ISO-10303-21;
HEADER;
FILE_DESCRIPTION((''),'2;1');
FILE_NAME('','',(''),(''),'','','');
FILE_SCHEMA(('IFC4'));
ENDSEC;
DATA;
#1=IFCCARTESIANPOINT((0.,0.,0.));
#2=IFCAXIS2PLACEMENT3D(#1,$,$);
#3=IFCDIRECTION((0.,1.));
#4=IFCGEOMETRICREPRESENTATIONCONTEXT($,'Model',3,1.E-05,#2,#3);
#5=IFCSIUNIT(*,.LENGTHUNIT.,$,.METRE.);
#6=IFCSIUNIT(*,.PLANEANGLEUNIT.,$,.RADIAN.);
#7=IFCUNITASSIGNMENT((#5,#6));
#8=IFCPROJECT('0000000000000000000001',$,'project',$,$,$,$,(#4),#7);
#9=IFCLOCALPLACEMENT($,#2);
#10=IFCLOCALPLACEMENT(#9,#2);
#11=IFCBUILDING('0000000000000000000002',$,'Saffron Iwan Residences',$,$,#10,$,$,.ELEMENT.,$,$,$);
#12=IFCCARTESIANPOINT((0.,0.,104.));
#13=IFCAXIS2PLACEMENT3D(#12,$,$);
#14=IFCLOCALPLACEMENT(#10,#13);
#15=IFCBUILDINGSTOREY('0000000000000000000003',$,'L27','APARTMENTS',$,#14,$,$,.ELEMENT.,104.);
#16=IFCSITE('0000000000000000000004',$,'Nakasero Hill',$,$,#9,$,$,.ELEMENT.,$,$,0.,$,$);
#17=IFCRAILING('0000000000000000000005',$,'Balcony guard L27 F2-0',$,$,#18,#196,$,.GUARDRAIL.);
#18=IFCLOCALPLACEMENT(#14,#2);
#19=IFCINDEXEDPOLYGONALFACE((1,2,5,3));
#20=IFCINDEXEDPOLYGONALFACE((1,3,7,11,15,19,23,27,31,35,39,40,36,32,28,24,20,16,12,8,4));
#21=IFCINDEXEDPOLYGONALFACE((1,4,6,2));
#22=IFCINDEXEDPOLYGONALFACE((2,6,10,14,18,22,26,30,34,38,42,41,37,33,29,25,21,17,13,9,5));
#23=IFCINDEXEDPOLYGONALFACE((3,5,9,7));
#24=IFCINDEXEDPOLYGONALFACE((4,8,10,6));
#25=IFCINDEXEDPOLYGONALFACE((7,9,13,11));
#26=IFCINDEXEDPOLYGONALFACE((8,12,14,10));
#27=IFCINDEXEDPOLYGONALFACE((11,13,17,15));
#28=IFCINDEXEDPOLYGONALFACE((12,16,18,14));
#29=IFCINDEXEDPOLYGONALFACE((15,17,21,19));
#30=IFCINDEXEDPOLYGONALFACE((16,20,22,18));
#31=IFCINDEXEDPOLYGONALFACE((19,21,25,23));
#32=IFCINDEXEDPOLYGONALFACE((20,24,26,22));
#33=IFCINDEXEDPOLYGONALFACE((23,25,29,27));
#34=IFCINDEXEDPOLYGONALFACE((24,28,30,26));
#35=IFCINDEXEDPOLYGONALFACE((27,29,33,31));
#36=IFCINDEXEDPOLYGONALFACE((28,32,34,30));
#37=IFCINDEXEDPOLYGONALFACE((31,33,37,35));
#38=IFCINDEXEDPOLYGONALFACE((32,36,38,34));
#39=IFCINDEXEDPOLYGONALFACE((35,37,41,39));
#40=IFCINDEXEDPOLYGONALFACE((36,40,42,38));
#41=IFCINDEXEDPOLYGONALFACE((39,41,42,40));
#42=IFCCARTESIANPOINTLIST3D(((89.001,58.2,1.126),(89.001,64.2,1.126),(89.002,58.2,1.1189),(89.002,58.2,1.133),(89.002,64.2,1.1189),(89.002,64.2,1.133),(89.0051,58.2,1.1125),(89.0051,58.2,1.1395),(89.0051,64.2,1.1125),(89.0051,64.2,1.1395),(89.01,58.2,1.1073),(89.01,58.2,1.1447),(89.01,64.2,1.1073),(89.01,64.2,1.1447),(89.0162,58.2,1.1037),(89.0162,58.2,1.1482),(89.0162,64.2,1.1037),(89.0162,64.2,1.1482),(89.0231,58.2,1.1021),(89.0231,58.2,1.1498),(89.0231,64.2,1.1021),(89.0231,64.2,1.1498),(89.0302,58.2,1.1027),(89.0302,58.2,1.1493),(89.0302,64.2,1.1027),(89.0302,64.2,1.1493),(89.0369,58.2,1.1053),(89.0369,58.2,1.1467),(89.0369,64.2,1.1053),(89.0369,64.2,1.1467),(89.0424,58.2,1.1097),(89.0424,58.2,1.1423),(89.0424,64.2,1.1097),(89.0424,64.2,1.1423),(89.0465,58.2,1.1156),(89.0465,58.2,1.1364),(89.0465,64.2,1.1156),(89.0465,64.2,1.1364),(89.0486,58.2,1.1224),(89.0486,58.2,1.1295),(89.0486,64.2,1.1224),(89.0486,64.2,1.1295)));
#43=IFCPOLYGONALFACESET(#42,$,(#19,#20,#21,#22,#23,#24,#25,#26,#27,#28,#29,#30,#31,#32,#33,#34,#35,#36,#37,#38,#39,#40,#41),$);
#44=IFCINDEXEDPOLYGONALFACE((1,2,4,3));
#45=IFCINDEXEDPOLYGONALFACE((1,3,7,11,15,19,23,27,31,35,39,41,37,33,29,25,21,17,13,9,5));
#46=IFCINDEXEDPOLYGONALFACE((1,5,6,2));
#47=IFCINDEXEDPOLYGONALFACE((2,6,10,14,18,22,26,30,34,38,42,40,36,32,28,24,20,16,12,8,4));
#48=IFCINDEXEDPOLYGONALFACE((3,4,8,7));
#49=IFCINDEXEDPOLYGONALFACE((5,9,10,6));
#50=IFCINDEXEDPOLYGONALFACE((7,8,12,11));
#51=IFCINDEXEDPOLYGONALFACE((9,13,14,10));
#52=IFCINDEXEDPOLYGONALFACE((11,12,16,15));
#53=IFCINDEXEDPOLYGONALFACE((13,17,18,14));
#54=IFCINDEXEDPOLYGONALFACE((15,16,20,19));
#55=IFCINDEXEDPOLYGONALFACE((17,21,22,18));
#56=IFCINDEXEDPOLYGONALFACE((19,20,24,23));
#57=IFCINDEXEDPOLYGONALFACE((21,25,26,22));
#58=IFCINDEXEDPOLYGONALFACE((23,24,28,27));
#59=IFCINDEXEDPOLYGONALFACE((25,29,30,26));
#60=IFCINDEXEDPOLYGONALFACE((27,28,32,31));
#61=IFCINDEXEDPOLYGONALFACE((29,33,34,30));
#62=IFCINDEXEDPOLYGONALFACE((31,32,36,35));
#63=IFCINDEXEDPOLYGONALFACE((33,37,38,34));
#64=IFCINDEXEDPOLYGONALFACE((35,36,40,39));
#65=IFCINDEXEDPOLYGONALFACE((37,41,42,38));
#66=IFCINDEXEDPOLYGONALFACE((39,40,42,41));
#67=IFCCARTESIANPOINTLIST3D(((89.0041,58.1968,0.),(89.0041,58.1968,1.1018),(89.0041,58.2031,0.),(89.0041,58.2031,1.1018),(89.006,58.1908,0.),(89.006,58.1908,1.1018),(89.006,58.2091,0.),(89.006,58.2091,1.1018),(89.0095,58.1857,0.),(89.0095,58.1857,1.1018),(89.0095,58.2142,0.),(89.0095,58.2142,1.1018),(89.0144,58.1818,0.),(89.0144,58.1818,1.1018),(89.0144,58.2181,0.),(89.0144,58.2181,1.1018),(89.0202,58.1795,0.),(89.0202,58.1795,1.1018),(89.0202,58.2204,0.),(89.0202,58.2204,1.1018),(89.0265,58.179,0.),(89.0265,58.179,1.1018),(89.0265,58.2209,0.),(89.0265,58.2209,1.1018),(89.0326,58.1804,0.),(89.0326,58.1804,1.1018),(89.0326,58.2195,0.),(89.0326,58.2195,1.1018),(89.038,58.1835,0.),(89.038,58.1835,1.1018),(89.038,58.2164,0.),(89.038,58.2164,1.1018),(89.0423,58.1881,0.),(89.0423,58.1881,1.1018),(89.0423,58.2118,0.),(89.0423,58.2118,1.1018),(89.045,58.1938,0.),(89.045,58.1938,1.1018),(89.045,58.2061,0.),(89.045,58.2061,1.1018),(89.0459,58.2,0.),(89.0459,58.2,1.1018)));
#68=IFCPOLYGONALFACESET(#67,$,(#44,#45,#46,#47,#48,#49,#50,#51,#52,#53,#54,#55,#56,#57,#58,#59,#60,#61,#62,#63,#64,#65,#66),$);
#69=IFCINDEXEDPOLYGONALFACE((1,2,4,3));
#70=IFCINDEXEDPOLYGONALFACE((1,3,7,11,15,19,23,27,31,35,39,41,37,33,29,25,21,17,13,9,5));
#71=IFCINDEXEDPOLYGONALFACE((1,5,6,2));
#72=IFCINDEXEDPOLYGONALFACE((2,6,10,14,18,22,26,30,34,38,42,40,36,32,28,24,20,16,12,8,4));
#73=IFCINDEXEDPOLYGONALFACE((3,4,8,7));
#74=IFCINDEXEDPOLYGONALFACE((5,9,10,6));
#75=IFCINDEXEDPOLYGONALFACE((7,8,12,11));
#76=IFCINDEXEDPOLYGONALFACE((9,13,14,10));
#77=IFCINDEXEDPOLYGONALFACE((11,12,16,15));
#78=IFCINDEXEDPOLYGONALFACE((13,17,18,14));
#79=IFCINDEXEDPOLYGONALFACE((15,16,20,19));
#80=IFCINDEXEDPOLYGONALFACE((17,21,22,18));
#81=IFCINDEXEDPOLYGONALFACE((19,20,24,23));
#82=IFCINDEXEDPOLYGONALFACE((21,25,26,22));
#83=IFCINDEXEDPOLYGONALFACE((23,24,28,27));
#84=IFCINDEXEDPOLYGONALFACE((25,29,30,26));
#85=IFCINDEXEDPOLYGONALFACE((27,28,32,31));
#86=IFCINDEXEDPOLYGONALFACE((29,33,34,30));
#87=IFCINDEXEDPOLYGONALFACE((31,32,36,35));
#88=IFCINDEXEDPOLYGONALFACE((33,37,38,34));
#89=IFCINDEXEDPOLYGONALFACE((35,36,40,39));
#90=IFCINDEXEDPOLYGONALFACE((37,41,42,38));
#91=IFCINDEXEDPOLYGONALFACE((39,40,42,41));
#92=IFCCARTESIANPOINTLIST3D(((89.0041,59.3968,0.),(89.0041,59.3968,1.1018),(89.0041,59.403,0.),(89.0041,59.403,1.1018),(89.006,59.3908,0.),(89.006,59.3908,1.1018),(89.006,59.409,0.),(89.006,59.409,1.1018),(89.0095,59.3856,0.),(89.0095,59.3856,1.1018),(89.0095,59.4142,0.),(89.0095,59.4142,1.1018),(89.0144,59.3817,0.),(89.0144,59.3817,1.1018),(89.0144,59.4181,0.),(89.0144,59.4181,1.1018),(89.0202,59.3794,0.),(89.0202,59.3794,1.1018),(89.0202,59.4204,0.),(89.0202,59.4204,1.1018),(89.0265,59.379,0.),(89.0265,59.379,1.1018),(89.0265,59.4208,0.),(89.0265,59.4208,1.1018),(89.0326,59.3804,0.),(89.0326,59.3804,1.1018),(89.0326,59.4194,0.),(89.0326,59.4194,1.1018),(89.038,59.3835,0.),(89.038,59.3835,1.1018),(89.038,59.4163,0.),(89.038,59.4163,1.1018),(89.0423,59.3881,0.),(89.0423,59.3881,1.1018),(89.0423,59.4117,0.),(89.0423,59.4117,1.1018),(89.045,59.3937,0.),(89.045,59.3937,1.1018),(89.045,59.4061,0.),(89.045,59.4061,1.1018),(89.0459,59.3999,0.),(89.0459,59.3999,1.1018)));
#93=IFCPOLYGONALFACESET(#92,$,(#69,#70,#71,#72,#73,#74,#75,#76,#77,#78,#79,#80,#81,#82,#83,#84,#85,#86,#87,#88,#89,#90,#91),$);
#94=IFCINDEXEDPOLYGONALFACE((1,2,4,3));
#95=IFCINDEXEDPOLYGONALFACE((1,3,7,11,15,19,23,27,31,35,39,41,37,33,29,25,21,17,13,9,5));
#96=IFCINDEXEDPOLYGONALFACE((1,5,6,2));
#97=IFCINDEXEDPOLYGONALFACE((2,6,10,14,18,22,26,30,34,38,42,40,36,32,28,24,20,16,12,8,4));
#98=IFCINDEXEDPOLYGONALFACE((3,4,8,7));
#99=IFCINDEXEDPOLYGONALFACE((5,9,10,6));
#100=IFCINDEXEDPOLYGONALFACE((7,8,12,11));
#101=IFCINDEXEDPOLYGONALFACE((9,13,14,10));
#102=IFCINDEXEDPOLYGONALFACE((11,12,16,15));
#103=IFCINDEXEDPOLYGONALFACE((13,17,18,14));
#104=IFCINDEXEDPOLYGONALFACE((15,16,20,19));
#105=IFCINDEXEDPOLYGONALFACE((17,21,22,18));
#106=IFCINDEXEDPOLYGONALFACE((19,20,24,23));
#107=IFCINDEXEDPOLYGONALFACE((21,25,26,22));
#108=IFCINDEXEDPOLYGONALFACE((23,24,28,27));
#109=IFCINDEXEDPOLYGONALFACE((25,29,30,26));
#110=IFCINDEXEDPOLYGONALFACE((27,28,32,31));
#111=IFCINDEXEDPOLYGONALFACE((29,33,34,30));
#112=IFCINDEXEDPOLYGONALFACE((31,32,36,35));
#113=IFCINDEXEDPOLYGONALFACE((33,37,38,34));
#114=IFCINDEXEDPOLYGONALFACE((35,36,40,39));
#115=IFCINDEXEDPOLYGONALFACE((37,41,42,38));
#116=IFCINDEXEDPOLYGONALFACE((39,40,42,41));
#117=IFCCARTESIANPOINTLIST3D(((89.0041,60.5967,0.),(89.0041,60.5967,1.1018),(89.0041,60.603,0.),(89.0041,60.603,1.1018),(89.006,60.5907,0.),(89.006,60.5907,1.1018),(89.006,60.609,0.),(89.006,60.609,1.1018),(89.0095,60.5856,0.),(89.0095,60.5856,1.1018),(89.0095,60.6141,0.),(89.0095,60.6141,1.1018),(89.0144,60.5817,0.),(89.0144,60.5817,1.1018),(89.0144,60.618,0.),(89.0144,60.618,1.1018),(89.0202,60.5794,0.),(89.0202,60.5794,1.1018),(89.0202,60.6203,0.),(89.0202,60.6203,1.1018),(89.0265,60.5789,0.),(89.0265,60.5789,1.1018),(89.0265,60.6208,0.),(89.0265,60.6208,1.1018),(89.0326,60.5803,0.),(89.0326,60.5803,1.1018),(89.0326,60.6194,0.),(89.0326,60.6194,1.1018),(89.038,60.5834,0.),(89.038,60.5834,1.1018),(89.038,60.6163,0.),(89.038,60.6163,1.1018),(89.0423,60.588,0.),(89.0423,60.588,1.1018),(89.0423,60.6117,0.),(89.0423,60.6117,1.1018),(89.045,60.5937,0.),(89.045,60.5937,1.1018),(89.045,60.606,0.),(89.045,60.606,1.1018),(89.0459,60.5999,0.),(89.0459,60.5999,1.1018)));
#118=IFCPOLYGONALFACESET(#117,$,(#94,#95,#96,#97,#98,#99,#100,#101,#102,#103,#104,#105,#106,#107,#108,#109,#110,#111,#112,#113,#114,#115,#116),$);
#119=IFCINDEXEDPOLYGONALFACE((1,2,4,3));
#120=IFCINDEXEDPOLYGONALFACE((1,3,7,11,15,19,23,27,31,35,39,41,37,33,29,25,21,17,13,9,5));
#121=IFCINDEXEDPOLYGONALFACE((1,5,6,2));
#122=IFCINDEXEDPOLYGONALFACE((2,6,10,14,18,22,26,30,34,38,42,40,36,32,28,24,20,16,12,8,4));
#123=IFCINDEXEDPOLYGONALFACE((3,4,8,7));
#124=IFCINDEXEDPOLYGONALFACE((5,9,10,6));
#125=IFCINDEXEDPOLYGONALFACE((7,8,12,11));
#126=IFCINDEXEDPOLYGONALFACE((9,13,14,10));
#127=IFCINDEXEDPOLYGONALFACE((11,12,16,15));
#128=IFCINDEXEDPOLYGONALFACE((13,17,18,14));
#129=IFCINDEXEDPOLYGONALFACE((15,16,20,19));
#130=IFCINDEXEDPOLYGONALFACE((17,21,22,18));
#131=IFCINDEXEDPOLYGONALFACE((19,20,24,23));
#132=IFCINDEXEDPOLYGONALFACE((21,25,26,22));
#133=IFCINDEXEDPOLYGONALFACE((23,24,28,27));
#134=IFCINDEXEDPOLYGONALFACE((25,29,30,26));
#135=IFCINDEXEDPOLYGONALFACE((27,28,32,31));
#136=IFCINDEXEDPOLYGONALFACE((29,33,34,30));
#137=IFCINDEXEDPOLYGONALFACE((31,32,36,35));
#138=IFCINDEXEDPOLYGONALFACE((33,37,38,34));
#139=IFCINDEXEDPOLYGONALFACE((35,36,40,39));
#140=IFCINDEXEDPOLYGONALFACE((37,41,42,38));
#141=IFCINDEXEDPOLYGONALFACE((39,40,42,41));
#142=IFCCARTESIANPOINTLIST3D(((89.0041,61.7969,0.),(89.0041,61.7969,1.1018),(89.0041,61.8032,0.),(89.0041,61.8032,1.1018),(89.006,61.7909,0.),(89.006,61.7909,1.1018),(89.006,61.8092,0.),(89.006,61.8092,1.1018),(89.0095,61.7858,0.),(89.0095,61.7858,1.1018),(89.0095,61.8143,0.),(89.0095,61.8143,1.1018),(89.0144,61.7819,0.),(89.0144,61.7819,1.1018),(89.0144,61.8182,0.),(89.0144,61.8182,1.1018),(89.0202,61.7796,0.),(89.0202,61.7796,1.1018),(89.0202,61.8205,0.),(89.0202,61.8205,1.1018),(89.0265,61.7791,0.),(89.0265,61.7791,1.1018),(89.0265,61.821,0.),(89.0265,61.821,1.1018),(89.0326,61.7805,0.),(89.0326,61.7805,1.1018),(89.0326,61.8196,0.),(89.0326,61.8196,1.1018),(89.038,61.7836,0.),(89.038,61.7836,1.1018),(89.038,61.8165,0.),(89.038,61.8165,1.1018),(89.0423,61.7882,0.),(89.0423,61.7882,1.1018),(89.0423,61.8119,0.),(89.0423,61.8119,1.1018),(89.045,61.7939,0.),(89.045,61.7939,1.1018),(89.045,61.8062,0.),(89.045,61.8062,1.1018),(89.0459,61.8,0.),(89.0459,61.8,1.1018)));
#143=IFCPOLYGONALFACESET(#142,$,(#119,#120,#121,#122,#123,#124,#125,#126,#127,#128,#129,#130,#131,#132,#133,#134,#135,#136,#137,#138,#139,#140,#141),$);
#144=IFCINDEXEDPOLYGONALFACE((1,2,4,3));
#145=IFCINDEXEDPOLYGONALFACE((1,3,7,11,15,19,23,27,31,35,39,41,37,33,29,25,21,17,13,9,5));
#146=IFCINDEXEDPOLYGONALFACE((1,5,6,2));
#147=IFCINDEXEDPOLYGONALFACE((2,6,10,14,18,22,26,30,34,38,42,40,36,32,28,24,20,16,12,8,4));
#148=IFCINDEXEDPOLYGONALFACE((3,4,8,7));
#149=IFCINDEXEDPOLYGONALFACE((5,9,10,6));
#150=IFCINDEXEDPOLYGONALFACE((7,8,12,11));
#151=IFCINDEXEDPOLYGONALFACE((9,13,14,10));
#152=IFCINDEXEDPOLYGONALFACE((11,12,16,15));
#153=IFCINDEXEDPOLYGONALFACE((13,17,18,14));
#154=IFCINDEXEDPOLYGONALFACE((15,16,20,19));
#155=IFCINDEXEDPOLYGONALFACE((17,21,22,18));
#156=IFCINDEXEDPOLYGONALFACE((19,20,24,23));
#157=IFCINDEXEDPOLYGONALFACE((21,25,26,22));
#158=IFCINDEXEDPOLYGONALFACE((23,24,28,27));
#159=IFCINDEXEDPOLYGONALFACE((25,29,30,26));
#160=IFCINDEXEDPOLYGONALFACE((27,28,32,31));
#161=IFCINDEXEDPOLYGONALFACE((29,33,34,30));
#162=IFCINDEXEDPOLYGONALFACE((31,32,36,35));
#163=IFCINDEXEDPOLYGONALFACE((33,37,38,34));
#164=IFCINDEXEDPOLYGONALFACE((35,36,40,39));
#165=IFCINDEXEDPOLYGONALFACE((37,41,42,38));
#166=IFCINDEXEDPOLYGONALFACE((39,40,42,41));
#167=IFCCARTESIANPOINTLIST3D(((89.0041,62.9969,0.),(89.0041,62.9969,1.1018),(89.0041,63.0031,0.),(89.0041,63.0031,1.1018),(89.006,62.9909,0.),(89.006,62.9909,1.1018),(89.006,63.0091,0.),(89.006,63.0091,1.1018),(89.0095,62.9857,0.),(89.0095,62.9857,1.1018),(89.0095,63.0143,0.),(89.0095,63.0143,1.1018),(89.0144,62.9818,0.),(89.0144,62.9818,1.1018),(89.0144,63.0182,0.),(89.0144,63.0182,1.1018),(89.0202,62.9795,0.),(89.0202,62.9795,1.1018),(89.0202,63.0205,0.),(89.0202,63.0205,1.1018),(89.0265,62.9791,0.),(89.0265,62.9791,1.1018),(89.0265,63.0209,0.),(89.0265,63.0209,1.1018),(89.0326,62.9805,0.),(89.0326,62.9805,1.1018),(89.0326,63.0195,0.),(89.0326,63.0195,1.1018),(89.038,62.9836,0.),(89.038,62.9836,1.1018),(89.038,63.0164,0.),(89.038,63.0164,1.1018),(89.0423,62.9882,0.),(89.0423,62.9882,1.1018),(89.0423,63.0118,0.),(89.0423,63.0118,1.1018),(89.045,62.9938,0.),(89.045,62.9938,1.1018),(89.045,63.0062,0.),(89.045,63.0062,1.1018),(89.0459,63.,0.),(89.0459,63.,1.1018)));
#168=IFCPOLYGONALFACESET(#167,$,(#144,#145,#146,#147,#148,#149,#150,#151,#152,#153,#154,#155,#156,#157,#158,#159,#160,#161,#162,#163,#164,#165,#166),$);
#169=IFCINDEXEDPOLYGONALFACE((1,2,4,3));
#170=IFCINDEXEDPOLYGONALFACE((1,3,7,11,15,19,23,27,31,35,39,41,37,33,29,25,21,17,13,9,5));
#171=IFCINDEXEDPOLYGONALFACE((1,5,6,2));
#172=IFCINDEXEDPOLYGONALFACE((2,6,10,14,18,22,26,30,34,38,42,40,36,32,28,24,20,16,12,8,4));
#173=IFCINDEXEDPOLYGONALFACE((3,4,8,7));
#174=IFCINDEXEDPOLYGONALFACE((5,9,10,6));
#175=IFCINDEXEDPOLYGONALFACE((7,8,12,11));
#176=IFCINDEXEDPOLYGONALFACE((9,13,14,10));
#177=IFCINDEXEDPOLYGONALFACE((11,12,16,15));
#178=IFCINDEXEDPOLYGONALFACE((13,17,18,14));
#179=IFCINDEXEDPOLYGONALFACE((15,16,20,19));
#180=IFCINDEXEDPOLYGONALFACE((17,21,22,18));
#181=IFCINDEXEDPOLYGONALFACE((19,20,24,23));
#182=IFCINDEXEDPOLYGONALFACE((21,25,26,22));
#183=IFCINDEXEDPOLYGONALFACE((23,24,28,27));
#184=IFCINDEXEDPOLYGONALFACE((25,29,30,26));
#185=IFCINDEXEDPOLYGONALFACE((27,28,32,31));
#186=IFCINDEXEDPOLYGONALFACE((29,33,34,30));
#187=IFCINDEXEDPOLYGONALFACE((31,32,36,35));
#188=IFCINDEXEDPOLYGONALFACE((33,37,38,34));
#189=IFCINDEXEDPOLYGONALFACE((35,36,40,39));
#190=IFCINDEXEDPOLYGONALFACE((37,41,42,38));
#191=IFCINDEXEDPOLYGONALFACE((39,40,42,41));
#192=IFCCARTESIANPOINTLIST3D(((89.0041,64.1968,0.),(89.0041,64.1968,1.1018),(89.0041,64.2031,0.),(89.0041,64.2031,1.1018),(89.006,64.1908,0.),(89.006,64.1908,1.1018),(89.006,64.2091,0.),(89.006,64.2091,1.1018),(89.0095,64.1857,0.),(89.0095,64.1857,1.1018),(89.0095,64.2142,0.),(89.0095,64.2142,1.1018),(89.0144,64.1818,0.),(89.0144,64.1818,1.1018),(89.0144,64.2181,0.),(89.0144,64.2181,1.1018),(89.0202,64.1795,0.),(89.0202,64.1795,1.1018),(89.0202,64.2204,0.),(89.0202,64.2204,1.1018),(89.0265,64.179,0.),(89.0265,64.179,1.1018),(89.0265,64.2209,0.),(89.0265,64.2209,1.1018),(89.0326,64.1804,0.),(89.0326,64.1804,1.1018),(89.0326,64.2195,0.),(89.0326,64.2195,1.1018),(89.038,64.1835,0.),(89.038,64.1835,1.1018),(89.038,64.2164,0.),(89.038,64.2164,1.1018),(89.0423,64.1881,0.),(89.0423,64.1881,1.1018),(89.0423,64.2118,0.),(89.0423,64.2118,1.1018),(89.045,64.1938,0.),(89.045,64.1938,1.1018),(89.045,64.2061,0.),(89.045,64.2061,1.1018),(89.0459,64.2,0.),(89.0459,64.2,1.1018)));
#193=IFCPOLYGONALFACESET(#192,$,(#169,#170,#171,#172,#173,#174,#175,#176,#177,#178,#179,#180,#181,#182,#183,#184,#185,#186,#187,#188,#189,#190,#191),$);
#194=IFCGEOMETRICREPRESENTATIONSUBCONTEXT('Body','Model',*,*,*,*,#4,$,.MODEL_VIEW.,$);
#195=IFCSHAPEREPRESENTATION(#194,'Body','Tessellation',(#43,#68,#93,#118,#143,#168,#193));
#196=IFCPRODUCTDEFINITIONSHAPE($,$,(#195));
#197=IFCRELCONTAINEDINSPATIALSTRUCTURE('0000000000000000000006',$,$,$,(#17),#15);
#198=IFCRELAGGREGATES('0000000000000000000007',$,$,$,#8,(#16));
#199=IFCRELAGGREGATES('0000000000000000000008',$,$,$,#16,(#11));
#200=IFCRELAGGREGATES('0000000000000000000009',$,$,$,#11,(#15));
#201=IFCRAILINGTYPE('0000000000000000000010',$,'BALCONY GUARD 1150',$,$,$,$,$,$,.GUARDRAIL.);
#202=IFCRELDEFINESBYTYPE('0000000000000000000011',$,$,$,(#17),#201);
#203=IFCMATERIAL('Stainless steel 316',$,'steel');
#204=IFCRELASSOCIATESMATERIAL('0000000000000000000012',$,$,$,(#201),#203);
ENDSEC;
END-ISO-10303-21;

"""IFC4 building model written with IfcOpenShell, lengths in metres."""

from ifc_helpers import new_model, si_unit, direction, frame, origin, origin_2d, place, context, subcontext, project, spatial, circle, extrude, material, type_object, element, save


model = new_model("IFC4")

# Units and contexts
model_context = context("Model", 3, precision=1e-05, world=origin(), true_north=direction((0.0, 1.0)))
body_context = subcontext(model_context, "Body", "Model", "MODEL_VIEW")
ifc_project = project(units=[si_unit("LENGTHUNIT", "METRE"), si_unit("PLANEANGLEUNIT", "RADIAN")], contexts=[model_context])

# Site, building, storey
site_placement = place(None, origin())
site = spatial("IfcSite", under=ifc_project, at=site_placement, Name="Nakasero Hill", CompositionType="ELEMENT", RefElevation=0.0)
building_placement = place(site_placement, origin())
building = spatial("IfcBuilding", under=site, at=building_placement, Name="Saffron Iwan Residences", CompositionType="ELEMENT")
storey_placement = place(building_placement, frame((0.0, 0.0, 104.0)))
storey = spatial("IfcBuildingStorey", under=building, at=storey_placement, Name="L27", Description="APARTMENTS", CompositionType="ELEMENT", Elevation=104.0)

# Railing
ifc_material_1 = material(Name="Stainless steel 316", Category="steel")
railing_type = type_object("IfcRailingType", Name="BALCONY GUARD 1150", PredefinedType="GUARDRAIL", material=ifc_material_1)
railing_placement = place(storey_placement, frame((89.0249, 58.2, 0.0)))
element("IfcRailing", 1, at=railing_placement, inside=storey, type_object=railing_type, Name="Balcony guard L27 F2-0", PredefinedType="GUARDRAIL", context=body_context, shape_type="SweptSolid", body=[
    extrude(circle(Radius=0.0239, at=origin_2d()), frame((0.0, 0.0, 1.126), z_axis=(0.0, 1.0, 0.0), x_axis=(-1.0, 0.0, 0.0)), (0.0, 0.0, 1.0), 6.0),
    extrude(circle(Radius=0.021, at=origin_2d()), origin(), (0.0, 0.0, 1.0), 1.1018),
    extrude(circle(Radius=0.021, at=origin_2d()), frame((0.0, 1.2, 0.0)), (0.0, 0.0, 1.0), 1.1018),
    extrude(circle(Radius=0.021, at=origin_2d()), frame((0.0, 2.3999, 0.0)), (0.0, 0.0, 1.0), 1.1018),
    extrude(circle(Radius=0.021, at=origin_2d()), frame((0.0, 3.6001, 0.0)), (0.0, 0.0, 1.0), 1.1018),
    extrude(circle(Radius=0.021, at=origin_2d()), frame((0.0, 4.8, 0.0)), (0.0, 0.0, 1.0), 1.1018),
    extrude(circle(Radius=0.021, at=origin_2d()), frame((0.0, 6.0, 0.0)), (0.0, 0.0, 1.0), 1.1018),
])

save(model, "model.ifc")
